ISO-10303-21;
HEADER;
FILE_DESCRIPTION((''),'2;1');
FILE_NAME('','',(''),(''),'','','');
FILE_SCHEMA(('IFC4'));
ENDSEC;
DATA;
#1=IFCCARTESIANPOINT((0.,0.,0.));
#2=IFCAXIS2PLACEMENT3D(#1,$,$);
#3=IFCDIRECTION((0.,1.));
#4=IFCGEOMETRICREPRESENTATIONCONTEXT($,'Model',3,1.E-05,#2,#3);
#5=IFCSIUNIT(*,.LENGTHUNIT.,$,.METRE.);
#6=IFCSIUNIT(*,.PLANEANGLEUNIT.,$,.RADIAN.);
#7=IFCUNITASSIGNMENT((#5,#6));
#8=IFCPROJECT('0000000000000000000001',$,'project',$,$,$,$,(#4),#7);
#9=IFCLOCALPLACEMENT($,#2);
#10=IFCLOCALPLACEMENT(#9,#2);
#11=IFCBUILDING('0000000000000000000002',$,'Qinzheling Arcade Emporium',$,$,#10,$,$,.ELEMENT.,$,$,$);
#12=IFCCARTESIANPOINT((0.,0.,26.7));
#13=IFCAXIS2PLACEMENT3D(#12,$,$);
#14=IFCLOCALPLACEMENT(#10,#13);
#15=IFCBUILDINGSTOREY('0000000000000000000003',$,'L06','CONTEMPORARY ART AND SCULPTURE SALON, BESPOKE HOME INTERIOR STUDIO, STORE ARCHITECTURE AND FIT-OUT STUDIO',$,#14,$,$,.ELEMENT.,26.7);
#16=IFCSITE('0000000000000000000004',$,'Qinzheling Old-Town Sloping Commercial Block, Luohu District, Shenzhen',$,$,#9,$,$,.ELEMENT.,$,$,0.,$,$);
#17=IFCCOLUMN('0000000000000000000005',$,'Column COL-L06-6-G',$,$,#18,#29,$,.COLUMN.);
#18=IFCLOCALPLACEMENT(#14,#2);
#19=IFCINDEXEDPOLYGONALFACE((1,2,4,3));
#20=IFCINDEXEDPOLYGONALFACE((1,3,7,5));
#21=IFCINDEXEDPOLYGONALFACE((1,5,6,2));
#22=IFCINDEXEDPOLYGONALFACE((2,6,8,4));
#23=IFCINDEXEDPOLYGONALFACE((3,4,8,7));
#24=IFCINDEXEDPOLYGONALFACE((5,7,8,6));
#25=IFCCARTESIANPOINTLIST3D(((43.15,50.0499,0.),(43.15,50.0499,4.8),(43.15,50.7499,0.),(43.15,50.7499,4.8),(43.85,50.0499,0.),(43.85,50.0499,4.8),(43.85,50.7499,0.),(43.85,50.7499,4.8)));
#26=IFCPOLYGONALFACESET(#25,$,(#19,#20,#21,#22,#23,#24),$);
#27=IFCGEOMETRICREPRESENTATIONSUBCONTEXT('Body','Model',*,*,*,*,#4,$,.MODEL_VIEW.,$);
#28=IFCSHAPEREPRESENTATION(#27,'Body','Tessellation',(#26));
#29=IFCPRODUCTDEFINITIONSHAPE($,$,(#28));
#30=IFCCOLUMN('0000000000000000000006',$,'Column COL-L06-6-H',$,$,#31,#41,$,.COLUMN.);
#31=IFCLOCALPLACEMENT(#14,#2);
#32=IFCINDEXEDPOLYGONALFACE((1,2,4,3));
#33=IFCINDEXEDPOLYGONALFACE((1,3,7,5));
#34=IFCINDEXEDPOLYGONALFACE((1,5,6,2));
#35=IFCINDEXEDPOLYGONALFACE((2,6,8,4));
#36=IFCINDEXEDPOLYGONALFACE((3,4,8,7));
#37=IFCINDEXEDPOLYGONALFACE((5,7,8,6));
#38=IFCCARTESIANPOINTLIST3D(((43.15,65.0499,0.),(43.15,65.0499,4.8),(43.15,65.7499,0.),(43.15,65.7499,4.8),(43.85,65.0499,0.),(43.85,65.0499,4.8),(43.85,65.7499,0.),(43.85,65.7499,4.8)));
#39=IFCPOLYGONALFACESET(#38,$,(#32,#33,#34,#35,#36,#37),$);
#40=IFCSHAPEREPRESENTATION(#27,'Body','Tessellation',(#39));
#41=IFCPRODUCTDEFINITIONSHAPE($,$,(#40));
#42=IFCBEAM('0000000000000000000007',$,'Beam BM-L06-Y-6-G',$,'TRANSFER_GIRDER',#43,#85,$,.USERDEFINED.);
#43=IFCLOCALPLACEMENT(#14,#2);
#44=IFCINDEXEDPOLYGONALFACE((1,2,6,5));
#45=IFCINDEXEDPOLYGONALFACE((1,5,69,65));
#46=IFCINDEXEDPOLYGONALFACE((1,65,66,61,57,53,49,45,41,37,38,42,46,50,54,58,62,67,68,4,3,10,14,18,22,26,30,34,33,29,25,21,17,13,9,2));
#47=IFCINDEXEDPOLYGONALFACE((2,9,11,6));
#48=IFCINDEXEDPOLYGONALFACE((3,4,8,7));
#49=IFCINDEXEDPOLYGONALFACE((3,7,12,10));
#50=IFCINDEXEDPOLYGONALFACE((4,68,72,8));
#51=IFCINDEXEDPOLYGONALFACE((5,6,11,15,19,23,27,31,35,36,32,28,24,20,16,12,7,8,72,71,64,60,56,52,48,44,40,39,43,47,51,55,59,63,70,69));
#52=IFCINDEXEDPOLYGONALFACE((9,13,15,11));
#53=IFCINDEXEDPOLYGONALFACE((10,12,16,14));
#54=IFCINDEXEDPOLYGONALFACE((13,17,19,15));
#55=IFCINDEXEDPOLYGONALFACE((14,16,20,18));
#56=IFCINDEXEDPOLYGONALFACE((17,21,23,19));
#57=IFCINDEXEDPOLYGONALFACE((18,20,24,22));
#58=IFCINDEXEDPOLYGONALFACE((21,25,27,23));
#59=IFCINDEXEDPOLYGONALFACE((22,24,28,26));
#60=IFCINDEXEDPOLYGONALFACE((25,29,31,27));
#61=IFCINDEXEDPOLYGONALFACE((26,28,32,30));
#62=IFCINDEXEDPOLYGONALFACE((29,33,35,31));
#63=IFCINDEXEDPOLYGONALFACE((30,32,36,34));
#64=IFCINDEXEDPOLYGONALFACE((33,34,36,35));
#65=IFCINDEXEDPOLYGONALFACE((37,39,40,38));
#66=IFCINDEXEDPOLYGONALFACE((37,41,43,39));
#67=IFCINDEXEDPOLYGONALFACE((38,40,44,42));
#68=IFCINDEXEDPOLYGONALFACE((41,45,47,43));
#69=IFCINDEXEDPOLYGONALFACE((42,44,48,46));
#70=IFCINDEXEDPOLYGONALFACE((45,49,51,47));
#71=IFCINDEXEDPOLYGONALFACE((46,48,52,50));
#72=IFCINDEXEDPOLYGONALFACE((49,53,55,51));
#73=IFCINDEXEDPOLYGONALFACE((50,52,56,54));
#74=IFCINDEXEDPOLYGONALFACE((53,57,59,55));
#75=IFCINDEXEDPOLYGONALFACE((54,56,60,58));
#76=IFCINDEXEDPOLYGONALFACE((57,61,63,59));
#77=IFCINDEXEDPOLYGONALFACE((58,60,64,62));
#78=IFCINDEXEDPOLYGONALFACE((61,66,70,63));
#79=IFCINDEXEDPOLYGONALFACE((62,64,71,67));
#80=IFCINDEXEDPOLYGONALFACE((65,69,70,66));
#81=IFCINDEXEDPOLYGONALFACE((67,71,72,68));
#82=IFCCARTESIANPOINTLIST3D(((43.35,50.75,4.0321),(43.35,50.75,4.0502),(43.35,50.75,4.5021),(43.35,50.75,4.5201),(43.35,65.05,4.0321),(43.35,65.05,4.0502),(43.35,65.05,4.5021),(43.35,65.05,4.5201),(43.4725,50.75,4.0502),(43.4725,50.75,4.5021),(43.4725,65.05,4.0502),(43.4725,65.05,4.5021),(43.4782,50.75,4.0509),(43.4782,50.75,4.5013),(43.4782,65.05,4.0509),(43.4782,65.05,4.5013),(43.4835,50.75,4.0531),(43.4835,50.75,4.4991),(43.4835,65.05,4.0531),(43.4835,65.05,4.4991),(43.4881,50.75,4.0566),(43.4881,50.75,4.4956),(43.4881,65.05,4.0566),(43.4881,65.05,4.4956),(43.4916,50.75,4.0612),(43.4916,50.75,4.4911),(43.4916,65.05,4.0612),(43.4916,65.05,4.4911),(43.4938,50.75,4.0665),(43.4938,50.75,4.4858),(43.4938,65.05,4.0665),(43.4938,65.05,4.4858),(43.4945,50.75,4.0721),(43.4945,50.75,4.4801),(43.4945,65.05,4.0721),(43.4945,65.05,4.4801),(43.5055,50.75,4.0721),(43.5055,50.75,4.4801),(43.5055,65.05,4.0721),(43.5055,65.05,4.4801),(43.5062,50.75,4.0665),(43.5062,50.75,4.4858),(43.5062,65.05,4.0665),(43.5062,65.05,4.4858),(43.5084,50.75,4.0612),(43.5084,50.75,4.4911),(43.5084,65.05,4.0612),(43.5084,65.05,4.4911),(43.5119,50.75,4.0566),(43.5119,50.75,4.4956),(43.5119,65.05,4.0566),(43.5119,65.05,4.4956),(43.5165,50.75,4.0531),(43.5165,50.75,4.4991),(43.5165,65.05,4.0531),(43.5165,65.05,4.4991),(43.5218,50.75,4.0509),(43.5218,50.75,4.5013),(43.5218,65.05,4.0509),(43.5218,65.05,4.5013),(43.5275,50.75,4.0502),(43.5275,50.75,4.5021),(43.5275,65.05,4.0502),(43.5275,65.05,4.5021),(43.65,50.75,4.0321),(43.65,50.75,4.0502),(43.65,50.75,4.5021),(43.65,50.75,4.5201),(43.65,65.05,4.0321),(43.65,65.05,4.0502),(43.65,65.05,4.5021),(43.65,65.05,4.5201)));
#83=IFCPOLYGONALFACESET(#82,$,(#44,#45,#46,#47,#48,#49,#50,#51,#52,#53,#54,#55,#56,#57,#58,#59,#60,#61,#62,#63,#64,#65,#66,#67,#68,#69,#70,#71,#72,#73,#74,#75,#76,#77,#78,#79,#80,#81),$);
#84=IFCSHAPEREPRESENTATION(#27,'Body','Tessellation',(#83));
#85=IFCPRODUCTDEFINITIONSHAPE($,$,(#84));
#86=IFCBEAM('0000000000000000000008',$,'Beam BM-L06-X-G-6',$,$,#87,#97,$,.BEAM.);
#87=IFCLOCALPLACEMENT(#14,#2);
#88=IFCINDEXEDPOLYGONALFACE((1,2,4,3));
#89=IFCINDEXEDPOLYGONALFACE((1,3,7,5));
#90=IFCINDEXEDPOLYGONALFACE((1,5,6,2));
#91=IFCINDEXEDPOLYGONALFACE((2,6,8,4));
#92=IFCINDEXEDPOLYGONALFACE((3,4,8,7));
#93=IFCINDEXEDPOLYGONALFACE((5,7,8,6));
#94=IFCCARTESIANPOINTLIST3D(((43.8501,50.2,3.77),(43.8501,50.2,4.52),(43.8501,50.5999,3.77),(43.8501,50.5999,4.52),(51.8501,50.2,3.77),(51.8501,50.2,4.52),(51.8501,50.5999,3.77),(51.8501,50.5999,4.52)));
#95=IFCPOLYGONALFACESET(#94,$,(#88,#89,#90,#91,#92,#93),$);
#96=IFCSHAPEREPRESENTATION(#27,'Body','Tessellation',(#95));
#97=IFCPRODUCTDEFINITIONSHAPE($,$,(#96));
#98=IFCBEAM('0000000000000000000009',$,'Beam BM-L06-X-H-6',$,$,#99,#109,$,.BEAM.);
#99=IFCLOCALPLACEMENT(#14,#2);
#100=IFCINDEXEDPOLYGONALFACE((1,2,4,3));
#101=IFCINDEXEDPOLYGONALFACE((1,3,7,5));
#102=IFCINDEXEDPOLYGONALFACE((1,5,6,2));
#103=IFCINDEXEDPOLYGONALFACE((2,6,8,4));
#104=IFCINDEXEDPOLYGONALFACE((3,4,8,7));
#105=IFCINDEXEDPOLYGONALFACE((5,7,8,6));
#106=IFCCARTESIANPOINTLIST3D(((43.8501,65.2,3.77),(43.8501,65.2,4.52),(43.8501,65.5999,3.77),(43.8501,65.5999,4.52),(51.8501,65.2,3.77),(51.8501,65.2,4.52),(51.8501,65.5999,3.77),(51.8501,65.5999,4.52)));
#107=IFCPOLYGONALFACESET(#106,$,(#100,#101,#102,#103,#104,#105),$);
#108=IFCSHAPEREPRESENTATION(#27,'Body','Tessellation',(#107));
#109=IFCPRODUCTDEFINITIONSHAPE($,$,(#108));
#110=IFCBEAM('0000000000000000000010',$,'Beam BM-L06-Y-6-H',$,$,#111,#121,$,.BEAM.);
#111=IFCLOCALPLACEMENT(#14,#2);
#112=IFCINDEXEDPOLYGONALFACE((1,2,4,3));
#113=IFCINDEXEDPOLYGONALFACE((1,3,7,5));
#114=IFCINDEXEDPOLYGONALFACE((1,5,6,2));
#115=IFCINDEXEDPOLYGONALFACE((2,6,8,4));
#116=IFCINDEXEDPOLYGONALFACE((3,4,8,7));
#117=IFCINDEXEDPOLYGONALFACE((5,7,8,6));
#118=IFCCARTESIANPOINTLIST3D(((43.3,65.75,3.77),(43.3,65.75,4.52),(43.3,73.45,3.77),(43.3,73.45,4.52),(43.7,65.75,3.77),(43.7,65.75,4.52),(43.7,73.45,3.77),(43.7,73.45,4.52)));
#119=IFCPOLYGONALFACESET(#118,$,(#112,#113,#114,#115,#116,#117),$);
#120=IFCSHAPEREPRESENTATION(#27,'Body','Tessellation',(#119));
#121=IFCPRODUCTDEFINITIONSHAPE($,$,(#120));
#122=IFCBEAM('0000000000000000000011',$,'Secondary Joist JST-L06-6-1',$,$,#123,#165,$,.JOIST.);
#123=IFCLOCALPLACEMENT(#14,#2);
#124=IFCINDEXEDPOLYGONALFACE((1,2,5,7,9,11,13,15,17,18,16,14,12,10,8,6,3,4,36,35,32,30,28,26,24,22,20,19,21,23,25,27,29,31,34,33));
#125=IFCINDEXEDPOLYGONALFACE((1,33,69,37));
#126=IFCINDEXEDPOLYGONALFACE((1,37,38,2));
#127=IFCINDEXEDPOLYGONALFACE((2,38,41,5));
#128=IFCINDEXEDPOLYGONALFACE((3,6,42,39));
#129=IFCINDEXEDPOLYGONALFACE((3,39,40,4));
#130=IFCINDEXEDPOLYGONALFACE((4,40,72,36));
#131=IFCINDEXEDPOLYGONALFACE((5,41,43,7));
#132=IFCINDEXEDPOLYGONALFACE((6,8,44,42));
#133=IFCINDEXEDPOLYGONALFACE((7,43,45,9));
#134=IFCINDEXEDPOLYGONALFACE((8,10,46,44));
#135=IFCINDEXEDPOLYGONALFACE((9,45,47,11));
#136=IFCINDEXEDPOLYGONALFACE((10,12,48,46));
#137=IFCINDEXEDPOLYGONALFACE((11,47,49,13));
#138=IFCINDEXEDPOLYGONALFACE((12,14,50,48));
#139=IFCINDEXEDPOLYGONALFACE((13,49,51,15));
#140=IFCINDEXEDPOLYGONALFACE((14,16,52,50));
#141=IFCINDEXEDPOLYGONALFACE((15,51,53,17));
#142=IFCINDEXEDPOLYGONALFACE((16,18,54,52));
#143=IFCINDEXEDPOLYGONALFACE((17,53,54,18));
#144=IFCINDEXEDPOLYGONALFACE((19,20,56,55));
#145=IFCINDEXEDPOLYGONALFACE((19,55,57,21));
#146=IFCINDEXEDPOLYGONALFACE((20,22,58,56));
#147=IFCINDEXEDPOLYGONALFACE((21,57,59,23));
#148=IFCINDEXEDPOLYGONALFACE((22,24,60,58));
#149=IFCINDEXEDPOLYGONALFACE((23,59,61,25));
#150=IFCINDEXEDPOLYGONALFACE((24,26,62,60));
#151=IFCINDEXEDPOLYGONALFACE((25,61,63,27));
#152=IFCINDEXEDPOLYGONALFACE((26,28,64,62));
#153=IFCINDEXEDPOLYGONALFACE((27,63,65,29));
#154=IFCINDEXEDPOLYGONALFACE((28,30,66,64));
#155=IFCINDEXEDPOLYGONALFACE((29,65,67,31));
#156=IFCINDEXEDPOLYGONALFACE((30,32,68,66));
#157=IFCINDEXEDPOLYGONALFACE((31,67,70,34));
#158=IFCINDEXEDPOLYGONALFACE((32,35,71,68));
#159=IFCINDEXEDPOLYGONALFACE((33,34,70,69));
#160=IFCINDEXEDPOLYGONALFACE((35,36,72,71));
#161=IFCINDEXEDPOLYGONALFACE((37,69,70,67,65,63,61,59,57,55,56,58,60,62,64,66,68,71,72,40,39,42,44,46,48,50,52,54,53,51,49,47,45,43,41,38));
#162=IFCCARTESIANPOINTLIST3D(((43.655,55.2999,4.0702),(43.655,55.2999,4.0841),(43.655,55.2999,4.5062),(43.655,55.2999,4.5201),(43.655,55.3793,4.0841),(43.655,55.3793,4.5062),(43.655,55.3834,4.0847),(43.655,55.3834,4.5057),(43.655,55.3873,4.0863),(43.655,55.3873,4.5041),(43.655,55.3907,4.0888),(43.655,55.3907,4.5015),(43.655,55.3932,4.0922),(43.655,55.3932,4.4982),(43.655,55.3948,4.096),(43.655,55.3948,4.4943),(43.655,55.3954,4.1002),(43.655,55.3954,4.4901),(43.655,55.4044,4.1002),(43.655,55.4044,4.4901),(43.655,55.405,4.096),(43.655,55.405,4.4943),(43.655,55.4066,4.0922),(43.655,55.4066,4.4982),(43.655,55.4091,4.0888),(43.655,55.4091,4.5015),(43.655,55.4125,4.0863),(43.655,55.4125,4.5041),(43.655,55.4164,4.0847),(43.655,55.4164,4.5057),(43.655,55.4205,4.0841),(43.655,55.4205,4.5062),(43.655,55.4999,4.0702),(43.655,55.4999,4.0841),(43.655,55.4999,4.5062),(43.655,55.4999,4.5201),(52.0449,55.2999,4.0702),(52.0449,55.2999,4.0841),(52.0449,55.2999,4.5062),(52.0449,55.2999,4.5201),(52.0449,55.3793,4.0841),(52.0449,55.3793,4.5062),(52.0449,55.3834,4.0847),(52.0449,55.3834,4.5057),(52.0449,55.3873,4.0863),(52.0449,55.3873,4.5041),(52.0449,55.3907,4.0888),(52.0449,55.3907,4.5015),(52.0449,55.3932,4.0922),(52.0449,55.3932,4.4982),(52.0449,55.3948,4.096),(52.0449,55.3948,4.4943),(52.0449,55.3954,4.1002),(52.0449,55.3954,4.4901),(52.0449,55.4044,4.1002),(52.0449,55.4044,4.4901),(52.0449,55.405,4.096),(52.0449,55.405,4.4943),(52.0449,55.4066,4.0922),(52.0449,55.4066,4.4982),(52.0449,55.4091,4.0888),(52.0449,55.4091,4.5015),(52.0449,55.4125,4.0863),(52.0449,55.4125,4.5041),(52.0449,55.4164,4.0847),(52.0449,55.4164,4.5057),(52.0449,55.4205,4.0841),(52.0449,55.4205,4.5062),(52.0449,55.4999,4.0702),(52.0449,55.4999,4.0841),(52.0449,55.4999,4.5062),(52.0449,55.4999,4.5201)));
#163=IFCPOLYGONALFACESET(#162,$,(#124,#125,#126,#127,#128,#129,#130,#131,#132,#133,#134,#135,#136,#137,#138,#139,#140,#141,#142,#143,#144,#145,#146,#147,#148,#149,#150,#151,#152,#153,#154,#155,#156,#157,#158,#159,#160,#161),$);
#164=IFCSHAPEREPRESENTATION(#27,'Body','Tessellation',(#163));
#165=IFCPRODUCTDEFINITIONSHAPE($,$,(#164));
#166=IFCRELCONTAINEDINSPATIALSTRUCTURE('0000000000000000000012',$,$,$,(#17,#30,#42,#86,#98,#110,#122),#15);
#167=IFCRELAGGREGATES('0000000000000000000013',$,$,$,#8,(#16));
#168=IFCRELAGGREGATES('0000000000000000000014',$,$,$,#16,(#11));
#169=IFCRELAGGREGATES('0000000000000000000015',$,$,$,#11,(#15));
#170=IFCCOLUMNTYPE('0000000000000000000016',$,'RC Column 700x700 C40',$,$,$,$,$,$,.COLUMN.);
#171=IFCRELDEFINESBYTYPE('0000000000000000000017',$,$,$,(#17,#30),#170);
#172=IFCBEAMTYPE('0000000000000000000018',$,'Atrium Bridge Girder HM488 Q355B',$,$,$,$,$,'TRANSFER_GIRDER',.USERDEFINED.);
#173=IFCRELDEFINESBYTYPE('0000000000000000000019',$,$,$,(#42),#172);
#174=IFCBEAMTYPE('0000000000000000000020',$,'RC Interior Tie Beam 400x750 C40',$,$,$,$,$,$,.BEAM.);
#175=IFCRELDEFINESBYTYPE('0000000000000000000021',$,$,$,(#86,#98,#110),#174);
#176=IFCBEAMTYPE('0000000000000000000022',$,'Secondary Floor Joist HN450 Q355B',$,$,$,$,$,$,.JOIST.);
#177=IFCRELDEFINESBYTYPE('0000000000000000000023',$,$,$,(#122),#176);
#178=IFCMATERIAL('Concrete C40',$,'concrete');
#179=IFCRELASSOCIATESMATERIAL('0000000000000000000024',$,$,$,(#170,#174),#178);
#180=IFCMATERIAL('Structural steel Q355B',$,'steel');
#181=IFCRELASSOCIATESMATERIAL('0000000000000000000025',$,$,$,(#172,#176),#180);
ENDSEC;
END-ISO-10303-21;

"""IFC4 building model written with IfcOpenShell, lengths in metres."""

from ifc_helpers import new_model, si_unit, direction, frame, origin, origin_2d, place, context, subcontext, project, spatial, rectangle, i_section, extrude, material, material_profile, profile_set, type_object, element, save


model = new_model("IFC4")

# Units and contexts
model_context = context("Model", 3, precision=1e-05, world=origin(), true_north=direction((0.0, 1.0)))
body_context = subcontext(model_context, "Body", "Model", "MODEL_VIEW")
ifc_project = project(units=[si_unit("LENGTHUNIT", "METRE"), si_unit("PLANEANGLEUNIT", "RADIAN")], contexts=[model_context])

# Site, building, storey
site_placement = place(None, origin())
site = spatial("IfcSite", under=ifc_project, at=site_placement, Name="Qinzheling Old-Town Sloping Commercial Block, Luohu District, Shenzhen", CompositionType="ELEMENT", RefElevation=0.0)
building_placement = place(site_placement, origin())
building = spatial("IfcBuilding", under=site, at=building_placement, Name="Qinzheling Arcade Emporium", CompositionType="ELEMENT")
storey_placement = place(building_placement, frame((0.0, 0.0, 26.7)))
storey = spatial("IfcBuildingStorey", under=building, at=storey_placement, Name="L06", Description="CONTEMPORARY ART AND SCULPTURE SALON, BESPOKE HOME INTERIOR STUDIO, STORE ARCHITECTURE AND FIT-OUT STUDIO", CompositionType="ELEMENT", Elevation=26.7)

# Columns
ifc_material_1 = material(Name="Concrete C40", Category="concrete")
ifc_material_profile_1 = material_profile(ifc_material_1, rectangle(XDim=0.7, YDim=0.7, at=origin_2d()), Name="RC 700x700", Category="concrete")
ifc_profile_set_1 = profile_set([ifc_material_profile_1], Name="Concrete C40")
column_type = type_object("IfcColumnType", Name="RC Column 700x700 C40", PredefinedType="COLUMN", material=ifc_profile_set_1)
for number, where, z_axis, x_axis, name in (
    (1, (43.5, 50.3999, 0.0), (0.0, 0.0, 1.0), (1.0, 0.0, 0.0), "Column COL-L06-6-G"),
    (2, (43.5, 65.3999, 0.0), (0.0, 0.0, 1.0), (1.0, 0.0, 0.0), "Column COL-L06-6-H"),
):
    element("IfcColumn", number, at=place(storey_placement, frame(where, z_axis=z_axis, x_axis=x_axis)), inside=storey, type_object=column_type, Name=name, PredefinedType="COLUMN", context=body_context, shape_type="SweptSolid", body=[
        extrude(rectangle(XDim=0.7, YDim=0.7, at=origin_2d()), origin(), (0.0, 0.0, 1.0), 4.8),
    ])

# Beams
ifc_material_2 = material(Name="Structural steel Q355B", Category="steel")
ifc_material_profile_2 = material_profile(ifc_material_2, i_section(OverallWidth=0.3, OverallDepth=0.488, WebThickness=0.011, FlangeThickness=0.0181, FilletRadius=0.022, at=origin_2d()), Name="HM 488x300x11x18", Category="steel")
ifc_profile_set_2 = profile_set([ifc_material_profile_2], Name="Structural steel Q355B")
beam_type_1 = type_object("IfcBeamType", Name="Atrium Bridge Girder HM488 Q355B", ElementType="TRANSFER_GIRDER", PredefinedType="USERDEFINED", material=ifc_profile_set_2)
beam_1_placement = place(storey_placement, frame((43.5, 50.75, 4.2761), z_axis=(0.0, 1.0, 0.0), x_axis=(-1.0, 0.0, 0.0)))
element("IfcBeam", 3, at=beam_1_placement, inside=storey, type_object=beam_type_1, Name="Beam BM-L06-Y-6-G", ObjectType="TRANSFER_GIRDER", PredefinedType="USERDEFINED", context=body_context, shape_type="SweptSolid", body=[
    extrude(i_section(OverallWidth=0.3, OverallDepth=0.488, WebThickness=0.011, FlangeThickness=0.0181, FilletRadius=0.022, at=origin_2d()), origin(), (0.0, 0.0, 1.0), 14.3),
])
ifc_material_profile_3 = material_profile(ifc_material_1, rectangle(XDim=0.3999, YDim=0.75, at=origin_2d()), Name="RC 400x750", Category="concrete")
ifc_profile_set_3 = profile_set([ifc_material_profile_3], Name="Concrete C40")
beam_type_2 = type_object("IfcBeamType", Name="RC Interior Tie Beam 400x750 C40", PredefinedType="BEAM", material=ifc_profile_set_3)
for number, where, z_axis, x_axis, name in (
    (4, (43.8501, 50.3999, 4.145), (1.0, 0.0, 0.0), (0.0, 1.0, 0.0), "Beam BM-L06-X-G-6"),
    (5, (43.8501, 65.3999, 4.145), (1.0, 0.0, 0.0), (0.0, 1.0, 0.0), "Beam BM-L06-X-H-6"),
):
    element("IfcBeam", number, at=place(storey_placement, frame(where, z_axis=z_axis, x_axis=x_axis)), inside=storey, type_object=beam_type_2, Name=name, PredefinedType="BEAM", context=body_context, shape_type="SweptSolid", body=[
        extrude(rectangle(XDim=0.3999, YDim=0.75, at=origin_2d()), origin(), (0.0, 0.0, 1.0), 8.0),
    ])
beam_2_placement = place(storey_placement, frame((43.5, 65.75, 4.145), z_axis=(0.0, 1.0, 0.0), x_axis=(-1.0, 0.0, 0.0)))
element("IfcBeam", 6, at=beam_2_placement, inside=storey, type_object=beam_type_2, Name="Beam BM-L06-Y-6-H", PredefinedType="BEAM", context=body_context, shape_type="SweptSolid", body=[
    extrude(rectangle(XDim=0.3999, YDim=0.75, at=origin_2d()), origin(), (0.0, 0.0, 1.0), 7.7),
])
ifc_material_profile_4 = material_profile(ifc_material_2, i_section(OverallWidth=0.2, OverallDepth=0.45, WebThickness=0.009, FlangeThickness=0.0139, FilletRadius=0.0161, at=origin_2d()), Name="HN 450x200x9x14", Category="steel")
ifc_profile_set_4 = profile_set([ifc_material_profile_4], Name="Structural steel Q355B")
beam_type_3 = type_object("IfcBeamType", Name="Secondary Floor Joist HN450 Q355B", PredefinedType="JOIST", material=ifc_profile_set_4)
beam_3_placement = place(storey_placement, frame((43.655, 55.3999, 4.2952), z_axis=(1.0, 0.0, 0.0), x_axis=(0.0, 1.0, 0.0)))
element("IfcBeam", 7, at=beam_3_placement, inside=storey, type_object=beam_type_3, Name="Secondary Joist JST-L06-6-1", PredefinedType="JOIST", context=body_context, shape_type="SweptSolid", body=[
    extrude(i_section(OverallWidth=0.2, OverallDepth=0.45, WebThickness=0.009, FlangeThickness=0.0139, FilletRadius=0.0161, at=origin_2d()), origin(), (0.0, 0.0, 1.0), 8.3899),
])

save(model, "model.ifc")
